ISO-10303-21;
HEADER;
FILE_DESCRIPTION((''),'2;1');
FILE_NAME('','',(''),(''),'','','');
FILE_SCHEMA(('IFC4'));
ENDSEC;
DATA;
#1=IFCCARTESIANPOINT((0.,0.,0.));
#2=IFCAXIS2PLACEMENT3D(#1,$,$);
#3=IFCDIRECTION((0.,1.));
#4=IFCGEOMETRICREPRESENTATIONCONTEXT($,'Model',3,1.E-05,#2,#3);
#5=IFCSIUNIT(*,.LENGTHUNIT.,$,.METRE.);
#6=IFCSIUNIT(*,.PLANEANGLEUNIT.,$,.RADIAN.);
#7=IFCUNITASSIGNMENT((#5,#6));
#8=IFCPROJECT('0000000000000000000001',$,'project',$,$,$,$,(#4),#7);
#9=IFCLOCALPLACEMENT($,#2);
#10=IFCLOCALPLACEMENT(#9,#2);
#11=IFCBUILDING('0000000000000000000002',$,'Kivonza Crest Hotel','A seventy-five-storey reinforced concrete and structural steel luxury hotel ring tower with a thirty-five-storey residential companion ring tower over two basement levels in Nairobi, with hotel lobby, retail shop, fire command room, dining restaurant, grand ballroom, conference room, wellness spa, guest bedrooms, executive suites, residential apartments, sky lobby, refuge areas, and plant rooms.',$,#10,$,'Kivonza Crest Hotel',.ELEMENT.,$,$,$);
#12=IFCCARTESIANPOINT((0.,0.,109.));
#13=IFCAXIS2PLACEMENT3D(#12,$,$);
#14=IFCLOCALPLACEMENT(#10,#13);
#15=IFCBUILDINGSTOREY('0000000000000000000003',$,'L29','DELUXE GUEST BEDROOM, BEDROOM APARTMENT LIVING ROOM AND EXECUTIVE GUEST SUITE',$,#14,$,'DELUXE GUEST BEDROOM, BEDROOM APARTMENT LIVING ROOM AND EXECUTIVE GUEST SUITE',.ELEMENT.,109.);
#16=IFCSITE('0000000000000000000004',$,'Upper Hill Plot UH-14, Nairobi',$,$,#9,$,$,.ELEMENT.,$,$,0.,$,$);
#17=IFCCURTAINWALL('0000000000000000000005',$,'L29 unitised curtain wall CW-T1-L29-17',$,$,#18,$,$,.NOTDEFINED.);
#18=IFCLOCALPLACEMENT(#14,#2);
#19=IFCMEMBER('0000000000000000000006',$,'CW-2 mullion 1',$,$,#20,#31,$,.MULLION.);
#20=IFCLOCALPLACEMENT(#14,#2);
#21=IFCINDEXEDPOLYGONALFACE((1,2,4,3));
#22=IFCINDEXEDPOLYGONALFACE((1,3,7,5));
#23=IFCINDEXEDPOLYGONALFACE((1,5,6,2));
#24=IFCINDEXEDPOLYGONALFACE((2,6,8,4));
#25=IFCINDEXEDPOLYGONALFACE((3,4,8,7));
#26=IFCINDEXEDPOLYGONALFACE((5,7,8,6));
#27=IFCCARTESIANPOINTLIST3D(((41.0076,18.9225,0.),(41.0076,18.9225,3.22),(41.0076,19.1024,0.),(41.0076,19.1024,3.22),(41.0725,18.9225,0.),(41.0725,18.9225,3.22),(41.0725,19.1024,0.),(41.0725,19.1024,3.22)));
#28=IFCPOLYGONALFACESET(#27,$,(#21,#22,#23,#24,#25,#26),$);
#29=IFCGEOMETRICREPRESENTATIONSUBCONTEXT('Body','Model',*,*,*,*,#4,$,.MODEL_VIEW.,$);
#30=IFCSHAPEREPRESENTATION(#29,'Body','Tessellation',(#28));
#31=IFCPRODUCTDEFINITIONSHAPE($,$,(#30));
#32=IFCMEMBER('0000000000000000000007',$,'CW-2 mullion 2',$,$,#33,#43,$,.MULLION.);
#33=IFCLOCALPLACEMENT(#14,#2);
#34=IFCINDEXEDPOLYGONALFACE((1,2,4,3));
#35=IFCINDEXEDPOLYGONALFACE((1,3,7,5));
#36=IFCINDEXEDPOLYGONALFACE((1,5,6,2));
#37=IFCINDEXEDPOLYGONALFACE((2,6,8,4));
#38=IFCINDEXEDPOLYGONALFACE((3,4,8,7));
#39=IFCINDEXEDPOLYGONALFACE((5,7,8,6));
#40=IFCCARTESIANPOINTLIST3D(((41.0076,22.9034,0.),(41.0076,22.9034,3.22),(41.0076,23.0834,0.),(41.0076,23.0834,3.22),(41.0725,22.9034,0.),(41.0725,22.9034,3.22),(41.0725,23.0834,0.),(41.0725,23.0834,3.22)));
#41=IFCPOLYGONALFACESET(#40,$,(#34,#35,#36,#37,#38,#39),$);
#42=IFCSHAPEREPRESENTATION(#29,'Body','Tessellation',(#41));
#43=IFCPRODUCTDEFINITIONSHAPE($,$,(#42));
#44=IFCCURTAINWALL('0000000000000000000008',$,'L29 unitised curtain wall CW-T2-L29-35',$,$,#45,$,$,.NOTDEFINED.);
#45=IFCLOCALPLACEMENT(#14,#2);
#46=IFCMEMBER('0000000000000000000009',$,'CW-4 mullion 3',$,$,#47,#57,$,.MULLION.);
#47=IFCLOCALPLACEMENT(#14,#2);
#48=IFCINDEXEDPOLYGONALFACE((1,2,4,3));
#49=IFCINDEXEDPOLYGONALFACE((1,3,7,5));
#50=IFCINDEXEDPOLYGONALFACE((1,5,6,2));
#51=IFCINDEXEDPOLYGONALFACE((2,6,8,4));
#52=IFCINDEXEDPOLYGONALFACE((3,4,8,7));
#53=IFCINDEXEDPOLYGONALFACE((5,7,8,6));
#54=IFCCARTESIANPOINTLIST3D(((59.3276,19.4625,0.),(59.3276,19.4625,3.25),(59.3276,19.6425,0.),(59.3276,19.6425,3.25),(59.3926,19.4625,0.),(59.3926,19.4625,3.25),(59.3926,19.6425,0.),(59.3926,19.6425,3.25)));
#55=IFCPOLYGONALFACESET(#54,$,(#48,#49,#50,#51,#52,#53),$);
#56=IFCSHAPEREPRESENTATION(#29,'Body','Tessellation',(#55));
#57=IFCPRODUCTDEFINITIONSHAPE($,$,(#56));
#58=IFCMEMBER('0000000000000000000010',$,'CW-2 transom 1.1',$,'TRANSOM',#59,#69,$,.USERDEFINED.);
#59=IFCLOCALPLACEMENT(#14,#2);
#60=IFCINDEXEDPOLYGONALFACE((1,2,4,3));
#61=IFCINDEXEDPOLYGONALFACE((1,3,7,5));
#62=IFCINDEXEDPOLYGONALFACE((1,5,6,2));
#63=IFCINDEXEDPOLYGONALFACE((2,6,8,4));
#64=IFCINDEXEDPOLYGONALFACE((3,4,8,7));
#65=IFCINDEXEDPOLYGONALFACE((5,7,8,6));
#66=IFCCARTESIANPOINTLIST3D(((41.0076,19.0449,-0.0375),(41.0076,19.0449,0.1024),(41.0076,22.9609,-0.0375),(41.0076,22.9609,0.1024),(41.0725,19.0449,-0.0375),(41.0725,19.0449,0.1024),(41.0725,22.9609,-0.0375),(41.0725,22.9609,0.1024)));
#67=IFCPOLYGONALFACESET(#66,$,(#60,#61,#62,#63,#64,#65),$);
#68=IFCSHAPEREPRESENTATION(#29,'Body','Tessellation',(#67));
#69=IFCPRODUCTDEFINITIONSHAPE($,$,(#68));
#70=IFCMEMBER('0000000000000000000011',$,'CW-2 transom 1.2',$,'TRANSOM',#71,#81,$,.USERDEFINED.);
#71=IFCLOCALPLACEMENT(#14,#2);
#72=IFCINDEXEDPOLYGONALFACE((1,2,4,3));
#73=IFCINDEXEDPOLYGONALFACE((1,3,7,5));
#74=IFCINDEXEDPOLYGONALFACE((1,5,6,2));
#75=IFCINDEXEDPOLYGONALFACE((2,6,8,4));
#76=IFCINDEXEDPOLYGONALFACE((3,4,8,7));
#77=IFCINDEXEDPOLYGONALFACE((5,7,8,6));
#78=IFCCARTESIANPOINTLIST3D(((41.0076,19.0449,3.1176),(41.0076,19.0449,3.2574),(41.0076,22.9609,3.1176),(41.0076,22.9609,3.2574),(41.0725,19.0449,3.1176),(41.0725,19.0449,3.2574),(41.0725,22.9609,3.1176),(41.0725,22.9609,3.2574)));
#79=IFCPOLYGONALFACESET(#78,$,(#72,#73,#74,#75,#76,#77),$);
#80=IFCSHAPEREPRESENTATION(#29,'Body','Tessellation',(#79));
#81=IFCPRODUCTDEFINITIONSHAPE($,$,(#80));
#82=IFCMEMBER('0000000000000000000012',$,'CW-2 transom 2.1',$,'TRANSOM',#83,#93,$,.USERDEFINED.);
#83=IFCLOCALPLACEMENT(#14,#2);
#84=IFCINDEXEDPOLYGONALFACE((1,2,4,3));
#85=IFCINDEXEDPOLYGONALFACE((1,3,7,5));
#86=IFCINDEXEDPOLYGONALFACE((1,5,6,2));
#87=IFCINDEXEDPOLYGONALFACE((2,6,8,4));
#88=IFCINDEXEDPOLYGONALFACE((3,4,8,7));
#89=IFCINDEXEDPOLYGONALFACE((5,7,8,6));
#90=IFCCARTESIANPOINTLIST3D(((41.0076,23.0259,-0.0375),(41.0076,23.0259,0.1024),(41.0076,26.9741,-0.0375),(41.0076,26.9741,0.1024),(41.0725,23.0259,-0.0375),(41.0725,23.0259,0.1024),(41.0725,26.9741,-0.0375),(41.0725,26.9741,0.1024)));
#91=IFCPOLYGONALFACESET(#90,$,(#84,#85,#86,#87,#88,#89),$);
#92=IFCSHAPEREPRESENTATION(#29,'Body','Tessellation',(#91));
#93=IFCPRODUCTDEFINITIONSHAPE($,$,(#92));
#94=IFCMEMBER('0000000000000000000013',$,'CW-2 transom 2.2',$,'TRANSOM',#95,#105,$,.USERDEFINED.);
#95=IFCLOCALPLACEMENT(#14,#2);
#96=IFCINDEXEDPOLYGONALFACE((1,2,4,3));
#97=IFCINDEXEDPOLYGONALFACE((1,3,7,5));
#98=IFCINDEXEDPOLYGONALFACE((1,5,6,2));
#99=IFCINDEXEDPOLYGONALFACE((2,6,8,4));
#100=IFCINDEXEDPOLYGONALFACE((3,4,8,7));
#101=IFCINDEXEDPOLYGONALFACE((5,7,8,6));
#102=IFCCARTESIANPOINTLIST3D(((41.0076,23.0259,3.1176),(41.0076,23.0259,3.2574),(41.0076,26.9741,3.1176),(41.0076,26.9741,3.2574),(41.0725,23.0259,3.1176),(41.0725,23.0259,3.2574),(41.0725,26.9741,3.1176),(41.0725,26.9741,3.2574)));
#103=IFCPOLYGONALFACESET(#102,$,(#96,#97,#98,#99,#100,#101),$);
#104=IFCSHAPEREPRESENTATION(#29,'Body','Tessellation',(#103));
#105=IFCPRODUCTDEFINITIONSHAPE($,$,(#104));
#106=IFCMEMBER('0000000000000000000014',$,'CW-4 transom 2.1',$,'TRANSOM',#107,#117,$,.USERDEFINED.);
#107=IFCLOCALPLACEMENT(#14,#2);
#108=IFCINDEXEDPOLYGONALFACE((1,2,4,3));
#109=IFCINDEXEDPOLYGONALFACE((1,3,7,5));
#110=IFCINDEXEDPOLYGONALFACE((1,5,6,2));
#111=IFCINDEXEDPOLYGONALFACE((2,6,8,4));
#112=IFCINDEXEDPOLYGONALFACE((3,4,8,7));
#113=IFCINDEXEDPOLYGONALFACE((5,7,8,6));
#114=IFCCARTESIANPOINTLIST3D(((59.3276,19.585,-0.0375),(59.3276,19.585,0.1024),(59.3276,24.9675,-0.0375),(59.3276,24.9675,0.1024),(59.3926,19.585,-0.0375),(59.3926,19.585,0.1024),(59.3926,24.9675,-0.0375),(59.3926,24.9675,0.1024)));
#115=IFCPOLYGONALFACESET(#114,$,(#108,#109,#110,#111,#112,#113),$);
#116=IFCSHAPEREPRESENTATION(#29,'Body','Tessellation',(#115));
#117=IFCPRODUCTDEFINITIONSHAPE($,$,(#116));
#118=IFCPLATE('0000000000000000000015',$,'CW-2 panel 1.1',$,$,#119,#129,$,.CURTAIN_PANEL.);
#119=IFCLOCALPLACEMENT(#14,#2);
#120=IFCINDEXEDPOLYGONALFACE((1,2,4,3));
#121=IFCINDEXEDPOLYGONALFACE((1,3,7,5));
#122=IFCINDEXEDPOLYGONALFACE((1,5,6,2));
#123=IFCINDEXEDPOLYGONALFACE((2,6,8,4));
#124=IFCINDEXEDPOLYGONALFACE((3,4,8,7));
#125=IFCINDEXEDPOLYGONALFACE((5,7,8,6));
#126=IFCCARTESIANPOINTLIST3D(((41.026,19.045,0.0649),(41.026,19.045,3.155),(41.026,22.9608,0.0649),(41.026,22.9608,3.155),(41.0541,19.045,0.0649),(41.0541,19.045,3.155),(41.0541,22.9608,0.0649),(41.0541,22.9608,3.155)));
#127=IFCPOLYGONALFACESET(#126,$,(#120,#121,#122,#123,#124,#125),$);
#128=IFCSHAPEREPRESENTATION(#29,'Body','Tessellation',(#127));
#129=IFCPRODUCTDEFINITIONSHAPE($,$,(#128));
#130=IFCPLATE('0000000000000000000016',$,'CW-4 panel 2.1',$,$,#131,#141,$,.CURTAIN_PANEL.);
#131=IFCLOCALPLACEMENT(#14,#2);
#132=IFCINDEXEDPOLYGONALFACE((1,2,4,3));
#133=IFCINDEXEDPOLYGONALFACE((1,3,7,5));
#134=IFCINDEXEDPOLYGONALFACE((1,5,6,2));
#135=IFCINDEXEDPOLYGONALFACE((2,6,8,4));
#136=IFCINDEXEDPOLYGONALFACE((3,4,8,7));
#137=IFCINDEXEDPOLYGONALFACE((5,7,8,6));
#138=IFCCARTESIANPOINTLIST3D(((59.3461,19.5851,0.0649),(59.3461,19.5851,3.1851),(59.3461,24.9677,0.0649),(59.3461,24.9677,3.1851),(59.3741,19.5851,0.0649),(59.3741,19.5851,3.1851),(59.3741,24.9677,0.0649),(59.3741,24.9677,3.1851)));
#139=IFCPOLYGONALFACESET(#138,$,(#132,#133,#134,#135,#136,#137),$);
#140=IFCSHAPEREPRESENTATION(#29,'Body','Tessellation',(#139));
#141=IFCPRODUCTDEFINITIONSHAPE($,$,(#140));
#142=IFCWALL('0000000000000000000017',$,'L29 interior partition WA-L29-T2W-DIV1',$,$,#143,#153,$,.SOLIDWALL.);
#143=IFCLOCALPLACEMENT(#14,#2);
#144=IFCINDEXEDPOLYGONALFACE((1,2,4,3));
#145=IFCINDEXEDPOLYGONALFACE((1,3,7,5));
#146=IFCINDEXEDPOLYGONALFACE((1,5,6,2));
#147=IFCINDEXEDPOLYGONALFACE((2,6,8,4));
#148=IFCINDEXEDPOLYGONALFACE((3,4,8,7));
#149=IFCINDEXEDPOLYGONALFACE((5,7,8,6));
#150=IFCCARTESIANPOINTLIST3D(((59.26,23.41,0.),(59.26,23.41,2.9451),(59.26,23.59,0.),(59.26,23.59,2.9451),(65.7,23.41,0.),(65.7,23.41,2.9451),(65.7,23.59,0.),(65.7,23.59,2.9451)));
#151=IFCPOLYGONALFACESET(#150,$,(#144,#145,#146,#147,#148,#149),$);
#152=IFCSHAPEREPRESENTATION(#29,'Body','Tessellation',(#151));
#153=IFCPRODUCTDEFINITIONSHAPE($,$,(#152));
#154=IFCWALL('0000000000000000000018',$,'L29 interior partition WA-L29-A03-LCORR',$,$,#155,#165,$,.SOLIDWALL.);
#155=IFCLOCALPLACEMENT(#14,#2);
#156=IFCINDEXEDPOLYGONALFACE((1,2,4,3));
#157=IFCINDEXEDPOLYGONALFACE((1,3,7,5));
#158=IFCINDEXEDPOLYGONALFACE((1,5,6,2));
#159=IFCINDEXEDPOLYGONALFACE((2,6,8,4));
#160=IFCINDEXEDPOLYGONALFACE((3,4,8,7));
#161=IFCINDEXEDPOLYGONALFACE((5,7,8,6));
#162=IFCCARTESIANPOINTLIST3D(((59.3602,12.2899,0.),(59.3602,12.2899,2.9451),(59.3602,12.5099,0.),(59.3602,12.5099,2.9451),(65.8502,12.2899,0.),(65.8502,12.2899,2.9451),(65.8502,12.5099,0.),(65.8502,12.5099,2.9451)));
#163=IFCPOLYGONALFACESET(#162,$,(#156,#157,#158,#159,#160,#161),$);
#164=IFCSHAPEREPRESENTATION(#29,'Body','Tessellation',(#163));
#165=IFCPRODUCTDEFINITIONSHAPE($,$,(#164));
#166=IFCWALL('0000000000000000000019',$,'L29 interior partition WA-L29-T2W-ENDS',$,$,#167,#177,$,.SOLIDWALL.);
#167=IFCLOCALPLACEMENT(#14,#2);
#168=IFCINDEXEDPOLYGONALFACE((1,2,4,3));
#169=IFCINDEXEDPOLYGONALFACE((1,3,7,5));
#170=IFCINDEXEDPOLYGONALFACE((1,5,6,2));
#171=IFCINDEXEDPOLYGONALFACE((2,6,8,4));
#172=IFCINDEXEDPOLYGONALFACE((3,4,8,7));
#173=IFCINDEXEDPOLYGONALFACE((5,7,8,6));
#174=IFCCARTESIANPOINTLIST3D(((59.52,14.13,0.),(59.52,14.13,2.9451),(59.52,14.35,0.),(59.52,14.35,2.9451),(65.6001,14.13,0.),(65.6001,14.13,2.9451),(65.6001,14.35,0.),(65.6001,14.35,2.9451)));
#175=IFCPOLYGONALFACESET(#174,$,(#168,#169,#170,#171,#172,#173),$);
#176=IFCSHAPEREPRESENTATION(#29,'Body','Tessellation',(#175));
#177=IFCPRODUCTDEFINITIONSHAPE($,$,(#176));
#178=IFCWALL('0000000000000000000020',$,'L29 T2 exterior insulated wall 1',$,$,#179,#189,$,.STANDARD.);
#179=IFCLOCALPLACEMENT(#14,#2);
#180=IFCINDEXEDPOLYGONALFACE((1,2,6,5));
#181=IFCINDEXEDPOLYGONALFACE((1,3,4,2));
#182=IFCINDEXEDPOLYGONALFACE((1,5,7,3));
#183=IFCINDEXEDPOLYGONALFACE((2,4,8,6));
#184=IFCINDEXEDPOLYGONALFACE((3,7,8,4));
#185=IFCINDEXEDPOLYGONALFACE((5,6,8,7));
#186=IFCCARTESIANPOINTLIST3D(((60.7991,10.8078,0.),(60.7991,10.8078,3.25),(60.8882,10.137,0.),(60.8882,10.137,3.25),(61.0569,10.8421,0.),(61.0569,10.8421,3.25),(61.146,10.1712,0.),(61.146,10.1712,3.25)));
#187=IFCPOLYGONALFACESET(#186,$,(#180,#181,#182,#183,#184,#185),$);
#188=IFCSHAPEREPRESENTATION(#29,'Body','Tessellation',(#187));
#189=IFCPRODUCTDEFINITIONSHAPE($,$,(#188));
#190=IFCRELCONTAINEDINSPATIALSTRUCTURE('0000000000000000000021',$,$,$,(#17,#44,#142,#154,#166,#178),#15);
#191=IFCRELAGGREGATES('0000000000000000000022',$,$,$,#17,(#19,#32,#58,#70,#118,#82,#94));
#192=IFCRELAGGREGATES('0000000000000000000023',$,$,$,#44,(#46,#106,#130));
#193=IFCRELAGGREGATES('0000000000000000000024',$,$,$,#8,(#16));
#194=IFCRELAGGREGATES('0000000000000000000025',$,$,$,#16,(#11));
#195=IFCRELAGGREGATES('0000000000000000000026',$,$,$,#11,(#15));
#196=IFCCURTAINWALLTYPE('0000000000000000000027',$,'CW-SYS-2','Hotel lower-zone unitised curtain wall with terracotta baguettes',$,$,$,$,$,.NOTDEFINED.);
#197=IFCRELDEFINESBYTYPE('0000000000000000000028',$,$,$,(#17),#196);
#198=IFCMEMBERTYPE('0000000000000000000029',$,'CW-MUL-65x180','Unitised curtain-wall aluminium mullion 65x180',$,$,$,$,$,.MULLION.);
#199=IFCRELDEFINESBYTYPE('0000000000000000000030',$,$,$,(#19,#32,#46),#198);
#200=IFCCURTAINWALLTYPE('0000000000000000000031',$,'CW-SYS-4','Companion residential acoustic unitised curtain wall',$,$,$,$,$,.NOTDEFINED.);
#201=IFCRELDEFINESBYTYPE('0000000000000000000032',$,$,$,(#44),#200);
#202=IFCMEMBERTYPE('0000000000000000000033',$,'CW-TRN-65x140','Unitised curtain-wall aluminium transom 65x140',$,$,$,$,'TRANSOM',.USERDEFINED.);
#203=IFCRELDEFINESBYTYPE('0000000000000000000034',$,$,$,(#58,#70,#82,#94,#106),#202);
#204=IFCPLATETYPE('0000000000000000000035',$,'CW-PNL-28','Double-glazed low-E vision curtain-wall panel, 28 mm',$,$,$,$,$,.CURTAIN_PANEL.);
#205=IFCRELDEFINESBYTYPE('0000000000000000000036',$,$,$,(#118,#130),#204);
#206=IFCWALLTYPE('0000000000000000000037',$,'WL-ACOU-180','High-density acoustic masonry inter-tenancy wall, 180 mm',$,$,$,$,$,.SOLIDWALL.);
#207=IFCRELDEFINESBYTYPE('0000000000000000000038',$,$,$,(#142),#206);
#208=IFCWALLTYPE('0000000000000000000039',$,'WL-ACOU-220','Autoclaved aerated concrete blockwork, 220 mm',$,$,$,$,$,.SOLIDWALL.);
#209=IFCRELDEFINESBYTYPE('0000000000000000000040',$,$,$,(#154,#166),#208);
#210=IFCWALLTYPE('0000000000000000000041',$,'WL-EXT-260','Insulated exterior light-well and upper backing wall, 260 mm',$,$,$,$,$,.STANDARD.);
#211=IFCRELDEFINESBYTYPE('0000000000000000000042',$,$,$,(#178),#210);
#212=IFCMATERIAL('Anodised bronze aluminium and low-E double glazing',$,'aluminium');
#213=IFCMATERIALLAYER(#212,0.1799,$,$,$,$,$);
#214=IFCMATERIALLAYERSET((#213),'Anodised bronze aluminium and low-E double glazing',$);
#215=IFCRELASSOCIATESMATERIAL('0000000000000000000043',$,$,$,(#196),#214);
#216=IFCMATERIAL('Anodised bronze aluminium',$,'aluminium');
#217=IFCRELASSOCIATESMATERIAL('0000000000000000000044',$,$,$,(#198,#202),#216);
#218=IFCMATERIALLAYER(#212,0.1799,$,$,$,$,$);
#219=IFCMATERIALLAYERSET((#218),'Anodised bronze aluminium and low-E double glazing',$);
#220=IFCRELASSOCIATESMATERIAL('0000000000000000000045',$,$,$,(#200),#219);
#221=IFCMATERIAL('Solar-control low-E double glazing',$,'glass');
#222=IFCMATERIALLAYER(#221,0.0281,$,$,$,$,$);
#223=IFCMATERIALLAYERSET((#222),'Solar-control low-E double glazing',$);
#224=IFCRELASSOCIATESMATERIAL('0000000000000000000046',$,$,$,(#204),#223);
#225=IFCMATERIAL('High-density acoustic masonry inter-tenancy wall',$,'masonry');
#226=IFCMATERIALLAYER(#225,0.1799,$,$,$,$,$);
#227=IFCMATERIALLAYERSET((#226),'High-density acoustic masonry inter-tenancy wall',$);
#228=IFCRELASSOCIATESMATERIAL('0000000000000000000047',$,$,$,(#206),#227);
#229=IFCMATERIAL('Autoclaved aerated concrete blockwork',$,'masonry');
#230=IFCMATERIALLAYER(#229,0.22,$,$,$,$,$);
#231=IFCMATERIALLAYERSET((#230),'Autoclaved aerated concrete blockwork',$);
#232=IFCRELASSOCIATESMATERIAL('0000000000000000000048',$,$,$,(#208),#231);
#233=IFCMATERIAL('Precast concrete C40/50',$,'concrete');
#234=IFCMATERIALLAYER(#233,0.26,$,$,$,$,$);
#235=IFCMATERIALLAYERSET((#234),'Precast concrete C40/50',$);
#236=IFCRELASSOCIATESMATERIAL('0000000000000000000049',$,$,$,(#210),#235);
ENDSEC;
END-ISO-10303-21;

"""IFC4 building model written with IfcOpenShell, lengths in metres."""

from ifc_helpers import new_model, si_unit, direction, frame, frame_2d, origin, origin_2d, place, context, subcontext, project, spatial, rectangle, extrude, material, layer, layer_set, material_profile, profile_set, type_object, element, aggregate, save


model = new_model("IFC4")

# Units and contexts
model_context = context("Model", 3, precision=1e-05, world=origin(), true_north=direction((0.0, 1.0)))
body_context = subcontext(model_context, "Body", "Model", "MODEL_VIEW")
ifc_project = project(units=[si_unit("LENGTHUNIT", "METRE"), si_unit("PLANEANGLEUNIT", "RADIAN")], contexts=[model_context])

# Site, building, storey
site_placement = place(None, origin())
site = spatial("IfcSite", under=ifc_project, at=site_placement, Name="Upper Hill Plot UH-14, Nairobi", CompositionType="ELEMENT", RefElevation=0.0)
building_placement = place(site_placement, origin())
building = spatial("IfcBuilding", under=site, at=building_placement, Name="Kivonza Crest Hotel", Description="A seventy-five-storey reinforced concrete and structural steel luxury hotel ring tower with a thirty-five-storey residential companion ring tower over two basement levels in Nairobi, with hotel lobby, retail shop, fire command room, dining restaurant, grand ballroom, conference room, wellness spa, guest bedrooms, executive suites, residential apartments, sky lobby, refuge areas, and plant rooms.", LongName="Kivonza Crest Hotel", CompositionType="ELEMENT")
storey_placement = place(building_placement, frame((0.0, 0.0, 109.0)))
storey = spatial("IfcBuildingStorey", under=building, at=storey_placement, Name="L29", Description="DELUXE GUEST BEDROOM, BEDROOM APARTMENT LIVING ROOM AND EXECUTIVE GUEST SUITE", LongName="DELUXE GUEST BEDROOM, BEDROOM APARTMENT LIVING ROOM AND EXECUTIVE GUEST SUITE", CompositionType="ELEMENT", Elevation=109.0)

# Curtain wall, members
ifc_material_1 = material(Name="Anodised bronze aluminium and low-E double glazing", Category="aluminium")
ifc_layer_1 = layer(ifc_material_1, 0.1799)
ifc_layer_set_1 = layer_set([ifc_layer_1], Name="Anodised bronze aluminium and low-E double glazing")
curtain_wall_type_1 = type_object("IfcCurtainWallType", Name="CW-SYS-2", Description="Hotel lower-zone unitised curtain wall with terracotta baguettes", PredefinedType="NOTDEFINED", material=ifc_layer_set_1)
curtain_wall_1_placement = place(storey_placement, origin())
curtain_wall_1 = element("IfcCurtainWall", 1, at=curtain_wall_1_placement, inside=storey, type_object=curtain_wall_type_1, Name="L29 unitised curtain wall CW-T1-L29-17", PredefinedType="NOTDEFINED")
ifc_material_2 = material(Name="Anodised bronze aluminium", Category="aluminium")
ifc_material_profile_1 = material_profile(ifc_material_2, rectangle(XDim=0.0649, YDim=0.1799, at=origin_2d()), Name="CW-M 65x180")
ifc_profile_set_1 = profile_set([ifc_material_profile_1], Name="Anodised bronze aluminium")
member_type_1 = type_object("IfcMemberType", Name="CW-MUL-65x180", Description="Unitised curtain-wall aluminium mullion 65x180", PredefinedType="MULLION", material=ifc_profile_set_1)
member_1_placement = place(storey_placement, frame((41.04, 19.0125, 0.0), z_axis=(0.0, 0.0, 1.0), x_axis=(-1.0, 0.0, 0.0)))
member_1 = element("IfcMember", 2, at=member_1_placement, type_object=member_type_1, Name="CW-2 mullion 1", PredefinedType="MULLION", context=body_context, shape_type="SweptSolid", body=[
    extrude(rectangle(XDim=0.0649, YDim=0.1799, at=origin_2d()), origin(), (0.0, 0.0, 1.0), 3.22),
])
member_2_placement = place(storey_placement, frame((41.04, 22.9934, 0.0), z_axis=(0.0, 0.0, 1.0), x_axis=(-1.0, 0.0, 0.0)))
member_2 = element("IfcMember", 3, at=member_2_placement, type_object=member_type_1, Name="CW-2 mullion 2", PredefinedType="MULLION", context=body_context, shape_type="SweptSolid", body=[
    extrude(rectangle(XDim=0.0649, YDim=0.1799, at=origin_2d()), origin(), (0.0, 0.0, 1.0), 3.22),
])

# Curtain wall, member
ifc_layer_2 = layer(ifc_material_1, 0.1799)
ifc_layer_set_2 = layer_set([ifc_layer_2], Name="Anodised bronze aluminium and low-E double glazing")
curtain_wall_type_2 = type_object("IfcCurtainWallType", Name="CW-SYS-4", Description="Companion residential acoustic unitised curtain wall", PredefinedType="NOTDEFINED", material=ifc_layer_set_2)
curtain_wall_2_placement = place(storey_placement, origin())
curtain_wall_2 = element("IfcCurtainWall", 4, at=curtain_wall_2_placement, inside=storey, type_object=curtain_wall_type_2, Name="L29 unitised curtain wall CW-T2-L29-35", PredefinedType="NOTDEFINED")
member_3_placement = place(storey_placement, frame((59.3601, 19.5525, 0.0), z_axis=(0.0, 0.0, 1.0), x_axis=(1.0, 0.0, 0.0)))
member_3 = element("IfcMember", 5, at=member_3_placement, type_object=member_type_1, Name="CW-4 mullion 3", PredefinedType="MULLION", context=body_context, shape_type="SweptSolid", body=[
    extrude(rectangle(XDim=0.0649, YDim=0.1799, at=origin_2d()), origin(), (0.0, 0.0, 1.0), 3.25),
])

# Members
ifc_material_profile_2 = material_profile(ifc_material_2, rectangle(XDim=0.0649, YDim=0.1399, at=origin_2d()), Name="CW-T 65x140")
ifc_profile_set_2 = profile_set([ifc_material_profile_2], Name="Anodised bronze aluminium")
member_type_2 = type_object("IfcMemberType", Name="CW-TRN-65x140", Description="Unitised curtain-wall aluminium transom 65x140", ElementType="TRANSOM", PredefinedType="USERDEFINED", material=ifc_profile_set_2)
member_4_placement = place(storey_placement, frame((41.04, 19.0449, 0.0325), z_axis=(0.0, 1.0, 0.0), x_axis=(-1.0, 0.0, 0.0)))
member_4 = element("IfcMember", 6, at=member_4_placement, type_object=member_type_2, Name="CW-2 transom 1.1", ObjectType="TRANSOM", PredefinedType="USERDEFINED", context=body_context, shape_type="SweptSolid", body=[
    extrude(rectangle(XDim=0.0649, YDim=0.1399, at=origin_2d()), origin(), (0.0, 0.0, 1.0), 3.916),
])
member_5_placement = place(storey_placement, frame((41.04, 19.0449, 3.1875), z_axis=(0.0, 1.0, 0.0), x_axis=(-1.0, 0.0, 0.0)))
member_5 = element("IfcMember", 7, at=member_5_placement, type_object=member_type_2, Name="CW-2 transom 1.2", ObjectType="TRANSOM", PredefinedType="USERDEFINED", context=body_context, shape_type="SweptSolid", body=[
    extrude(rectangle(XDim=0.0649, YDim=0.1399, at=origin_2d()), origin(), (0.0, 0.0, 1.0), 3.916),
])
member_6_placement = place(storey_placement, frame((41.04, 23.0259, 0.0325), z_axis=(0.0, 1.0, 0.0), x_axis=(-1.0, 0.0, 0.0)))
member_6 = element("IfcMember", 8, at=member_6_placement, type_object=member_type_2, Name="CW-2 transom 2.1", ObjectType="TRANSOM", PredefinedType="USERDEFINED", context=body_context, shape_type="SweptSolid", body=[
    extrude(rectangle(XDim=0.0649, YDim=0.1399, at=origin_2d()), origin(), (0.0, 0.0, 1.0), 3.9482),
])
member_7_placement = place(storey_placement, frame((41.04, 23.0259, 3.1875), z_axis=(0.0, 1.0, 0.0), x_axis=(-1.0, 0.0, 0.0)))
member_7 = element("IfcMember", 9, at=member_7_placement, type_object=member_type_2, Name="CW-2 transom 2.2", ObjectType="TRANSOM", PredefinedType="USERDEFINED", context=body_context, shape_type="SweptSolid", body=[
    extrude(rectangle(XDim=0.0649, YDim=0.1399, at=origin_2d()), origin(), (0.0, 0.0, 1.0), 3.9482),
])
member_8_placement = place(storey_placement, frame((59.3601, 24.9675, 0.0325), z_axis=(0.0, -1.0, 0.0), x_axis=(1.0, 0.0, 0.0)))
member_8 = element("IfcMember", 10, at=member_8_placement, type_object=member_type_2, Name="CW-4 transom 2.1", ObjectType="TRANSOM", PredefinedType="USERDEFINED", context=body_context, shape_type="SweptSolid", body=[
    extrude(rectangle(XDim=0.0649, YDim=0.1399, at=origin_2d()), origin(), (0.0, 0.0, 1.0), 5.3826),
])

# Plates
ifc_material_3 = material(Name="Solar-control low-E double glazing", Category="glass")
ifc_layer_3 = layer(ifc_material_3, 0.0281)
ifc_layer_set_3 = layer_set([ifc_layer_3], Name="Solar-control low-E double glazing")
plate_type = type_object("IfcPlateType", Name="CW-PNL-28", Description="Double-glazed low-E vision curtain-wall panel, 28 mm", PredefinedType="CURTAIN_PANEL", material=ifc_layer_set_3)
plate_1_placement = place(storey_placement, frame((41.04, 21.0029, 0.0649), z_axis=(0.0, 0.0, 1.0), x_axis=(0.0, 1.0, 0.0)))
plate_1 = element("IfcPlate", 11, at=plate_1_placement, type_object=plate_type, Name="CW-2 panel 1.1", PredefinedType="CURTAIN_PANEL", context=body_context, shape_type="SweptSolid", body=[
    extrude(rectangle(XDim=3.9158, YDim=0.0281, at=origin_2d()), origin(), (0.0, 0.0, 1.0), 3.0901),
])
aggregate(curtain_wall_1, [member_1, member_2, member_4, member_5, plate_1, member_6, member_7])
plate_2_placement = place(storey_placement, frame((59.3601, 22.2764, 0.0649), z_axis=(0.0, 0.0, 1.0), x_axis=(0.0, -1.0, 0.0)))
plate_2 = element("IfcPlate", 12, at=plate_2_placement, type_object=plate_type, Name="CW-4 panel 2.1", PredefinedType="CURTAIN_PANEL", context=body_context, shape_type="SweptSolid", body=[
    extrude(rectangle(XDim=5.3826, YDim=0.0281, at=origin_2d()), origin(), (0.0, 0.0, 1.0), 3.1201),
])
aggregate(curtain_wall_2, [member_3, member_8, plate_2])

# Walls
ifc_material_4 = material(Name="High-density acoustic masonry inter-tenancy wall", Category="masonry")
ifc_layer_4 = layer(ifc_material_4, 0.1799)
ifc_layer_set_4 = layer_set([ifc_layer_4], Name="High-density acoustic masonry inter-tenancy wall")
wall_type_1 = type_object("IfcWallType", Name="WL-ACOU-180", Description="High-density acoustic masonry inter-tenancy wall, 180 mm", PredefinedType="SOLIDWALL", material=ifc_layer_set_4)
wall_1_placement = place(storey_placement, frame((59.26, 23.5, 0.0), z_axis=(0.0, 0.0, 1.0), x_axis=(1.0, 0.0, 0.0)))
element("IfcWall", 13, at=wall_1_placement, inside=storey, type_object=wall_type_1, Name="L29 interior partition WA-L29-T2W-DIV1", PredefinedType="SOLIDWALL", context=body_context, shape_type="SweptSolid", body=[
    extrude(rectangle(XDim=6.4399, YDim=0.1799, at=frame_2d((3.22, 0.0))), origin(), (0.0, 0.0, 1.0), 2.9451),
])
ifc_material_5 = material(Name="Autoclaved aerated concrete blockwork", Category="masonry")
ifc_layer_5 = layer(ifc_material_5, 0.22)
ifc_layer_set_5 = layer_set([ifc_layer_5], Name="Autoclaved aerated concrete blockwork")
wall_type_2 = type_object("IfcWallType", Name="WL-ACOU-220", Description="Autoclaved aerated concrete blockwork, 220 mm", PredefinedType="SOLIDWALL", material=ifc_layer_set_5)
wall_2_placement = place(storey_placement, frame((59.3601, 12.3999, 0.0), z_axis=(0.0, 0.0, 1.0), x_axis=(1.0, 0.0, 0.0)))
element("IfcWall", 14, at=wall_2_placement, inside=storey, type_object=wall_type_2, Name="L29 interior partition WA-L29-A03-LCORR", PredefinedType="SOLIDWALL", context=body_context, shape_type="SweptSolid", body=[
    extrude(rectangle(XDim=6.49, YDim=0.22, at=frame_2d((3.2451, 0.0))), origin(), (0.0, 0.0, 1.0), 2.9451),
])
wall_3_placement = place(storey_placement, frame((59.52, 14.24, 0.0), z_axis=(0.0, 0.0, 1.0), x_axis=(1.0, 0.0, 0.0)))
element("IfcWall", 15, at=wall_3_placement, inside=storey, type_object=wall_type_2, Name="L29 interior partition WA-L29-T2W-ENDS", PredefinedType="SOLIDWALL", context=body_context, shape_type="SweptSolid", body=[
    extrude(rectangle(XDim=6.0801, YDim=0.22, at=frame_2d((3.04, 0.0))), origin(), (0.0, 0.0, 1.0), 2.9451),
])
ifc_material_6 = material(Name="Precast concrete C40/50", Category="concrete")
ifc_layer_6 = layer(ifc_material_6, 0.26)
ifc_layer_set_6 = layer_set([ifc_layer_6], Name="Precast concrete C40/50")
wall_type_3 = type_object("IfcWallType", Name="WL-EXT-260", Description="Insulated exterior light-well and upper backing wall, 260 mm", PredefinedType="STANDARD", material=ifc_layer_set_6)
wall_4_placement = place(storey_placement, frame((60.928, 10.825, 0.0), z_axis=(0.0, 0.0, 1.0), x_axis=(0.131667, -0.991294, 0.0)))
element("IfcWall", 16, at=wall_4_placement, inside=storey, type_object=wall_type_3, Name="L29 T2 exterior insulated wall 1", PredefinedType="STANDARD", context=body_context, shape_type="SweptSolid", body=[
    extrude(rectangle(XDim=0.6768, YDim=0.26, at=frame_2d((0.3384, 0.0))), origin(), (0.0, 0.0, 1.0), 3.25),
])

save(model, "model.ifc")
